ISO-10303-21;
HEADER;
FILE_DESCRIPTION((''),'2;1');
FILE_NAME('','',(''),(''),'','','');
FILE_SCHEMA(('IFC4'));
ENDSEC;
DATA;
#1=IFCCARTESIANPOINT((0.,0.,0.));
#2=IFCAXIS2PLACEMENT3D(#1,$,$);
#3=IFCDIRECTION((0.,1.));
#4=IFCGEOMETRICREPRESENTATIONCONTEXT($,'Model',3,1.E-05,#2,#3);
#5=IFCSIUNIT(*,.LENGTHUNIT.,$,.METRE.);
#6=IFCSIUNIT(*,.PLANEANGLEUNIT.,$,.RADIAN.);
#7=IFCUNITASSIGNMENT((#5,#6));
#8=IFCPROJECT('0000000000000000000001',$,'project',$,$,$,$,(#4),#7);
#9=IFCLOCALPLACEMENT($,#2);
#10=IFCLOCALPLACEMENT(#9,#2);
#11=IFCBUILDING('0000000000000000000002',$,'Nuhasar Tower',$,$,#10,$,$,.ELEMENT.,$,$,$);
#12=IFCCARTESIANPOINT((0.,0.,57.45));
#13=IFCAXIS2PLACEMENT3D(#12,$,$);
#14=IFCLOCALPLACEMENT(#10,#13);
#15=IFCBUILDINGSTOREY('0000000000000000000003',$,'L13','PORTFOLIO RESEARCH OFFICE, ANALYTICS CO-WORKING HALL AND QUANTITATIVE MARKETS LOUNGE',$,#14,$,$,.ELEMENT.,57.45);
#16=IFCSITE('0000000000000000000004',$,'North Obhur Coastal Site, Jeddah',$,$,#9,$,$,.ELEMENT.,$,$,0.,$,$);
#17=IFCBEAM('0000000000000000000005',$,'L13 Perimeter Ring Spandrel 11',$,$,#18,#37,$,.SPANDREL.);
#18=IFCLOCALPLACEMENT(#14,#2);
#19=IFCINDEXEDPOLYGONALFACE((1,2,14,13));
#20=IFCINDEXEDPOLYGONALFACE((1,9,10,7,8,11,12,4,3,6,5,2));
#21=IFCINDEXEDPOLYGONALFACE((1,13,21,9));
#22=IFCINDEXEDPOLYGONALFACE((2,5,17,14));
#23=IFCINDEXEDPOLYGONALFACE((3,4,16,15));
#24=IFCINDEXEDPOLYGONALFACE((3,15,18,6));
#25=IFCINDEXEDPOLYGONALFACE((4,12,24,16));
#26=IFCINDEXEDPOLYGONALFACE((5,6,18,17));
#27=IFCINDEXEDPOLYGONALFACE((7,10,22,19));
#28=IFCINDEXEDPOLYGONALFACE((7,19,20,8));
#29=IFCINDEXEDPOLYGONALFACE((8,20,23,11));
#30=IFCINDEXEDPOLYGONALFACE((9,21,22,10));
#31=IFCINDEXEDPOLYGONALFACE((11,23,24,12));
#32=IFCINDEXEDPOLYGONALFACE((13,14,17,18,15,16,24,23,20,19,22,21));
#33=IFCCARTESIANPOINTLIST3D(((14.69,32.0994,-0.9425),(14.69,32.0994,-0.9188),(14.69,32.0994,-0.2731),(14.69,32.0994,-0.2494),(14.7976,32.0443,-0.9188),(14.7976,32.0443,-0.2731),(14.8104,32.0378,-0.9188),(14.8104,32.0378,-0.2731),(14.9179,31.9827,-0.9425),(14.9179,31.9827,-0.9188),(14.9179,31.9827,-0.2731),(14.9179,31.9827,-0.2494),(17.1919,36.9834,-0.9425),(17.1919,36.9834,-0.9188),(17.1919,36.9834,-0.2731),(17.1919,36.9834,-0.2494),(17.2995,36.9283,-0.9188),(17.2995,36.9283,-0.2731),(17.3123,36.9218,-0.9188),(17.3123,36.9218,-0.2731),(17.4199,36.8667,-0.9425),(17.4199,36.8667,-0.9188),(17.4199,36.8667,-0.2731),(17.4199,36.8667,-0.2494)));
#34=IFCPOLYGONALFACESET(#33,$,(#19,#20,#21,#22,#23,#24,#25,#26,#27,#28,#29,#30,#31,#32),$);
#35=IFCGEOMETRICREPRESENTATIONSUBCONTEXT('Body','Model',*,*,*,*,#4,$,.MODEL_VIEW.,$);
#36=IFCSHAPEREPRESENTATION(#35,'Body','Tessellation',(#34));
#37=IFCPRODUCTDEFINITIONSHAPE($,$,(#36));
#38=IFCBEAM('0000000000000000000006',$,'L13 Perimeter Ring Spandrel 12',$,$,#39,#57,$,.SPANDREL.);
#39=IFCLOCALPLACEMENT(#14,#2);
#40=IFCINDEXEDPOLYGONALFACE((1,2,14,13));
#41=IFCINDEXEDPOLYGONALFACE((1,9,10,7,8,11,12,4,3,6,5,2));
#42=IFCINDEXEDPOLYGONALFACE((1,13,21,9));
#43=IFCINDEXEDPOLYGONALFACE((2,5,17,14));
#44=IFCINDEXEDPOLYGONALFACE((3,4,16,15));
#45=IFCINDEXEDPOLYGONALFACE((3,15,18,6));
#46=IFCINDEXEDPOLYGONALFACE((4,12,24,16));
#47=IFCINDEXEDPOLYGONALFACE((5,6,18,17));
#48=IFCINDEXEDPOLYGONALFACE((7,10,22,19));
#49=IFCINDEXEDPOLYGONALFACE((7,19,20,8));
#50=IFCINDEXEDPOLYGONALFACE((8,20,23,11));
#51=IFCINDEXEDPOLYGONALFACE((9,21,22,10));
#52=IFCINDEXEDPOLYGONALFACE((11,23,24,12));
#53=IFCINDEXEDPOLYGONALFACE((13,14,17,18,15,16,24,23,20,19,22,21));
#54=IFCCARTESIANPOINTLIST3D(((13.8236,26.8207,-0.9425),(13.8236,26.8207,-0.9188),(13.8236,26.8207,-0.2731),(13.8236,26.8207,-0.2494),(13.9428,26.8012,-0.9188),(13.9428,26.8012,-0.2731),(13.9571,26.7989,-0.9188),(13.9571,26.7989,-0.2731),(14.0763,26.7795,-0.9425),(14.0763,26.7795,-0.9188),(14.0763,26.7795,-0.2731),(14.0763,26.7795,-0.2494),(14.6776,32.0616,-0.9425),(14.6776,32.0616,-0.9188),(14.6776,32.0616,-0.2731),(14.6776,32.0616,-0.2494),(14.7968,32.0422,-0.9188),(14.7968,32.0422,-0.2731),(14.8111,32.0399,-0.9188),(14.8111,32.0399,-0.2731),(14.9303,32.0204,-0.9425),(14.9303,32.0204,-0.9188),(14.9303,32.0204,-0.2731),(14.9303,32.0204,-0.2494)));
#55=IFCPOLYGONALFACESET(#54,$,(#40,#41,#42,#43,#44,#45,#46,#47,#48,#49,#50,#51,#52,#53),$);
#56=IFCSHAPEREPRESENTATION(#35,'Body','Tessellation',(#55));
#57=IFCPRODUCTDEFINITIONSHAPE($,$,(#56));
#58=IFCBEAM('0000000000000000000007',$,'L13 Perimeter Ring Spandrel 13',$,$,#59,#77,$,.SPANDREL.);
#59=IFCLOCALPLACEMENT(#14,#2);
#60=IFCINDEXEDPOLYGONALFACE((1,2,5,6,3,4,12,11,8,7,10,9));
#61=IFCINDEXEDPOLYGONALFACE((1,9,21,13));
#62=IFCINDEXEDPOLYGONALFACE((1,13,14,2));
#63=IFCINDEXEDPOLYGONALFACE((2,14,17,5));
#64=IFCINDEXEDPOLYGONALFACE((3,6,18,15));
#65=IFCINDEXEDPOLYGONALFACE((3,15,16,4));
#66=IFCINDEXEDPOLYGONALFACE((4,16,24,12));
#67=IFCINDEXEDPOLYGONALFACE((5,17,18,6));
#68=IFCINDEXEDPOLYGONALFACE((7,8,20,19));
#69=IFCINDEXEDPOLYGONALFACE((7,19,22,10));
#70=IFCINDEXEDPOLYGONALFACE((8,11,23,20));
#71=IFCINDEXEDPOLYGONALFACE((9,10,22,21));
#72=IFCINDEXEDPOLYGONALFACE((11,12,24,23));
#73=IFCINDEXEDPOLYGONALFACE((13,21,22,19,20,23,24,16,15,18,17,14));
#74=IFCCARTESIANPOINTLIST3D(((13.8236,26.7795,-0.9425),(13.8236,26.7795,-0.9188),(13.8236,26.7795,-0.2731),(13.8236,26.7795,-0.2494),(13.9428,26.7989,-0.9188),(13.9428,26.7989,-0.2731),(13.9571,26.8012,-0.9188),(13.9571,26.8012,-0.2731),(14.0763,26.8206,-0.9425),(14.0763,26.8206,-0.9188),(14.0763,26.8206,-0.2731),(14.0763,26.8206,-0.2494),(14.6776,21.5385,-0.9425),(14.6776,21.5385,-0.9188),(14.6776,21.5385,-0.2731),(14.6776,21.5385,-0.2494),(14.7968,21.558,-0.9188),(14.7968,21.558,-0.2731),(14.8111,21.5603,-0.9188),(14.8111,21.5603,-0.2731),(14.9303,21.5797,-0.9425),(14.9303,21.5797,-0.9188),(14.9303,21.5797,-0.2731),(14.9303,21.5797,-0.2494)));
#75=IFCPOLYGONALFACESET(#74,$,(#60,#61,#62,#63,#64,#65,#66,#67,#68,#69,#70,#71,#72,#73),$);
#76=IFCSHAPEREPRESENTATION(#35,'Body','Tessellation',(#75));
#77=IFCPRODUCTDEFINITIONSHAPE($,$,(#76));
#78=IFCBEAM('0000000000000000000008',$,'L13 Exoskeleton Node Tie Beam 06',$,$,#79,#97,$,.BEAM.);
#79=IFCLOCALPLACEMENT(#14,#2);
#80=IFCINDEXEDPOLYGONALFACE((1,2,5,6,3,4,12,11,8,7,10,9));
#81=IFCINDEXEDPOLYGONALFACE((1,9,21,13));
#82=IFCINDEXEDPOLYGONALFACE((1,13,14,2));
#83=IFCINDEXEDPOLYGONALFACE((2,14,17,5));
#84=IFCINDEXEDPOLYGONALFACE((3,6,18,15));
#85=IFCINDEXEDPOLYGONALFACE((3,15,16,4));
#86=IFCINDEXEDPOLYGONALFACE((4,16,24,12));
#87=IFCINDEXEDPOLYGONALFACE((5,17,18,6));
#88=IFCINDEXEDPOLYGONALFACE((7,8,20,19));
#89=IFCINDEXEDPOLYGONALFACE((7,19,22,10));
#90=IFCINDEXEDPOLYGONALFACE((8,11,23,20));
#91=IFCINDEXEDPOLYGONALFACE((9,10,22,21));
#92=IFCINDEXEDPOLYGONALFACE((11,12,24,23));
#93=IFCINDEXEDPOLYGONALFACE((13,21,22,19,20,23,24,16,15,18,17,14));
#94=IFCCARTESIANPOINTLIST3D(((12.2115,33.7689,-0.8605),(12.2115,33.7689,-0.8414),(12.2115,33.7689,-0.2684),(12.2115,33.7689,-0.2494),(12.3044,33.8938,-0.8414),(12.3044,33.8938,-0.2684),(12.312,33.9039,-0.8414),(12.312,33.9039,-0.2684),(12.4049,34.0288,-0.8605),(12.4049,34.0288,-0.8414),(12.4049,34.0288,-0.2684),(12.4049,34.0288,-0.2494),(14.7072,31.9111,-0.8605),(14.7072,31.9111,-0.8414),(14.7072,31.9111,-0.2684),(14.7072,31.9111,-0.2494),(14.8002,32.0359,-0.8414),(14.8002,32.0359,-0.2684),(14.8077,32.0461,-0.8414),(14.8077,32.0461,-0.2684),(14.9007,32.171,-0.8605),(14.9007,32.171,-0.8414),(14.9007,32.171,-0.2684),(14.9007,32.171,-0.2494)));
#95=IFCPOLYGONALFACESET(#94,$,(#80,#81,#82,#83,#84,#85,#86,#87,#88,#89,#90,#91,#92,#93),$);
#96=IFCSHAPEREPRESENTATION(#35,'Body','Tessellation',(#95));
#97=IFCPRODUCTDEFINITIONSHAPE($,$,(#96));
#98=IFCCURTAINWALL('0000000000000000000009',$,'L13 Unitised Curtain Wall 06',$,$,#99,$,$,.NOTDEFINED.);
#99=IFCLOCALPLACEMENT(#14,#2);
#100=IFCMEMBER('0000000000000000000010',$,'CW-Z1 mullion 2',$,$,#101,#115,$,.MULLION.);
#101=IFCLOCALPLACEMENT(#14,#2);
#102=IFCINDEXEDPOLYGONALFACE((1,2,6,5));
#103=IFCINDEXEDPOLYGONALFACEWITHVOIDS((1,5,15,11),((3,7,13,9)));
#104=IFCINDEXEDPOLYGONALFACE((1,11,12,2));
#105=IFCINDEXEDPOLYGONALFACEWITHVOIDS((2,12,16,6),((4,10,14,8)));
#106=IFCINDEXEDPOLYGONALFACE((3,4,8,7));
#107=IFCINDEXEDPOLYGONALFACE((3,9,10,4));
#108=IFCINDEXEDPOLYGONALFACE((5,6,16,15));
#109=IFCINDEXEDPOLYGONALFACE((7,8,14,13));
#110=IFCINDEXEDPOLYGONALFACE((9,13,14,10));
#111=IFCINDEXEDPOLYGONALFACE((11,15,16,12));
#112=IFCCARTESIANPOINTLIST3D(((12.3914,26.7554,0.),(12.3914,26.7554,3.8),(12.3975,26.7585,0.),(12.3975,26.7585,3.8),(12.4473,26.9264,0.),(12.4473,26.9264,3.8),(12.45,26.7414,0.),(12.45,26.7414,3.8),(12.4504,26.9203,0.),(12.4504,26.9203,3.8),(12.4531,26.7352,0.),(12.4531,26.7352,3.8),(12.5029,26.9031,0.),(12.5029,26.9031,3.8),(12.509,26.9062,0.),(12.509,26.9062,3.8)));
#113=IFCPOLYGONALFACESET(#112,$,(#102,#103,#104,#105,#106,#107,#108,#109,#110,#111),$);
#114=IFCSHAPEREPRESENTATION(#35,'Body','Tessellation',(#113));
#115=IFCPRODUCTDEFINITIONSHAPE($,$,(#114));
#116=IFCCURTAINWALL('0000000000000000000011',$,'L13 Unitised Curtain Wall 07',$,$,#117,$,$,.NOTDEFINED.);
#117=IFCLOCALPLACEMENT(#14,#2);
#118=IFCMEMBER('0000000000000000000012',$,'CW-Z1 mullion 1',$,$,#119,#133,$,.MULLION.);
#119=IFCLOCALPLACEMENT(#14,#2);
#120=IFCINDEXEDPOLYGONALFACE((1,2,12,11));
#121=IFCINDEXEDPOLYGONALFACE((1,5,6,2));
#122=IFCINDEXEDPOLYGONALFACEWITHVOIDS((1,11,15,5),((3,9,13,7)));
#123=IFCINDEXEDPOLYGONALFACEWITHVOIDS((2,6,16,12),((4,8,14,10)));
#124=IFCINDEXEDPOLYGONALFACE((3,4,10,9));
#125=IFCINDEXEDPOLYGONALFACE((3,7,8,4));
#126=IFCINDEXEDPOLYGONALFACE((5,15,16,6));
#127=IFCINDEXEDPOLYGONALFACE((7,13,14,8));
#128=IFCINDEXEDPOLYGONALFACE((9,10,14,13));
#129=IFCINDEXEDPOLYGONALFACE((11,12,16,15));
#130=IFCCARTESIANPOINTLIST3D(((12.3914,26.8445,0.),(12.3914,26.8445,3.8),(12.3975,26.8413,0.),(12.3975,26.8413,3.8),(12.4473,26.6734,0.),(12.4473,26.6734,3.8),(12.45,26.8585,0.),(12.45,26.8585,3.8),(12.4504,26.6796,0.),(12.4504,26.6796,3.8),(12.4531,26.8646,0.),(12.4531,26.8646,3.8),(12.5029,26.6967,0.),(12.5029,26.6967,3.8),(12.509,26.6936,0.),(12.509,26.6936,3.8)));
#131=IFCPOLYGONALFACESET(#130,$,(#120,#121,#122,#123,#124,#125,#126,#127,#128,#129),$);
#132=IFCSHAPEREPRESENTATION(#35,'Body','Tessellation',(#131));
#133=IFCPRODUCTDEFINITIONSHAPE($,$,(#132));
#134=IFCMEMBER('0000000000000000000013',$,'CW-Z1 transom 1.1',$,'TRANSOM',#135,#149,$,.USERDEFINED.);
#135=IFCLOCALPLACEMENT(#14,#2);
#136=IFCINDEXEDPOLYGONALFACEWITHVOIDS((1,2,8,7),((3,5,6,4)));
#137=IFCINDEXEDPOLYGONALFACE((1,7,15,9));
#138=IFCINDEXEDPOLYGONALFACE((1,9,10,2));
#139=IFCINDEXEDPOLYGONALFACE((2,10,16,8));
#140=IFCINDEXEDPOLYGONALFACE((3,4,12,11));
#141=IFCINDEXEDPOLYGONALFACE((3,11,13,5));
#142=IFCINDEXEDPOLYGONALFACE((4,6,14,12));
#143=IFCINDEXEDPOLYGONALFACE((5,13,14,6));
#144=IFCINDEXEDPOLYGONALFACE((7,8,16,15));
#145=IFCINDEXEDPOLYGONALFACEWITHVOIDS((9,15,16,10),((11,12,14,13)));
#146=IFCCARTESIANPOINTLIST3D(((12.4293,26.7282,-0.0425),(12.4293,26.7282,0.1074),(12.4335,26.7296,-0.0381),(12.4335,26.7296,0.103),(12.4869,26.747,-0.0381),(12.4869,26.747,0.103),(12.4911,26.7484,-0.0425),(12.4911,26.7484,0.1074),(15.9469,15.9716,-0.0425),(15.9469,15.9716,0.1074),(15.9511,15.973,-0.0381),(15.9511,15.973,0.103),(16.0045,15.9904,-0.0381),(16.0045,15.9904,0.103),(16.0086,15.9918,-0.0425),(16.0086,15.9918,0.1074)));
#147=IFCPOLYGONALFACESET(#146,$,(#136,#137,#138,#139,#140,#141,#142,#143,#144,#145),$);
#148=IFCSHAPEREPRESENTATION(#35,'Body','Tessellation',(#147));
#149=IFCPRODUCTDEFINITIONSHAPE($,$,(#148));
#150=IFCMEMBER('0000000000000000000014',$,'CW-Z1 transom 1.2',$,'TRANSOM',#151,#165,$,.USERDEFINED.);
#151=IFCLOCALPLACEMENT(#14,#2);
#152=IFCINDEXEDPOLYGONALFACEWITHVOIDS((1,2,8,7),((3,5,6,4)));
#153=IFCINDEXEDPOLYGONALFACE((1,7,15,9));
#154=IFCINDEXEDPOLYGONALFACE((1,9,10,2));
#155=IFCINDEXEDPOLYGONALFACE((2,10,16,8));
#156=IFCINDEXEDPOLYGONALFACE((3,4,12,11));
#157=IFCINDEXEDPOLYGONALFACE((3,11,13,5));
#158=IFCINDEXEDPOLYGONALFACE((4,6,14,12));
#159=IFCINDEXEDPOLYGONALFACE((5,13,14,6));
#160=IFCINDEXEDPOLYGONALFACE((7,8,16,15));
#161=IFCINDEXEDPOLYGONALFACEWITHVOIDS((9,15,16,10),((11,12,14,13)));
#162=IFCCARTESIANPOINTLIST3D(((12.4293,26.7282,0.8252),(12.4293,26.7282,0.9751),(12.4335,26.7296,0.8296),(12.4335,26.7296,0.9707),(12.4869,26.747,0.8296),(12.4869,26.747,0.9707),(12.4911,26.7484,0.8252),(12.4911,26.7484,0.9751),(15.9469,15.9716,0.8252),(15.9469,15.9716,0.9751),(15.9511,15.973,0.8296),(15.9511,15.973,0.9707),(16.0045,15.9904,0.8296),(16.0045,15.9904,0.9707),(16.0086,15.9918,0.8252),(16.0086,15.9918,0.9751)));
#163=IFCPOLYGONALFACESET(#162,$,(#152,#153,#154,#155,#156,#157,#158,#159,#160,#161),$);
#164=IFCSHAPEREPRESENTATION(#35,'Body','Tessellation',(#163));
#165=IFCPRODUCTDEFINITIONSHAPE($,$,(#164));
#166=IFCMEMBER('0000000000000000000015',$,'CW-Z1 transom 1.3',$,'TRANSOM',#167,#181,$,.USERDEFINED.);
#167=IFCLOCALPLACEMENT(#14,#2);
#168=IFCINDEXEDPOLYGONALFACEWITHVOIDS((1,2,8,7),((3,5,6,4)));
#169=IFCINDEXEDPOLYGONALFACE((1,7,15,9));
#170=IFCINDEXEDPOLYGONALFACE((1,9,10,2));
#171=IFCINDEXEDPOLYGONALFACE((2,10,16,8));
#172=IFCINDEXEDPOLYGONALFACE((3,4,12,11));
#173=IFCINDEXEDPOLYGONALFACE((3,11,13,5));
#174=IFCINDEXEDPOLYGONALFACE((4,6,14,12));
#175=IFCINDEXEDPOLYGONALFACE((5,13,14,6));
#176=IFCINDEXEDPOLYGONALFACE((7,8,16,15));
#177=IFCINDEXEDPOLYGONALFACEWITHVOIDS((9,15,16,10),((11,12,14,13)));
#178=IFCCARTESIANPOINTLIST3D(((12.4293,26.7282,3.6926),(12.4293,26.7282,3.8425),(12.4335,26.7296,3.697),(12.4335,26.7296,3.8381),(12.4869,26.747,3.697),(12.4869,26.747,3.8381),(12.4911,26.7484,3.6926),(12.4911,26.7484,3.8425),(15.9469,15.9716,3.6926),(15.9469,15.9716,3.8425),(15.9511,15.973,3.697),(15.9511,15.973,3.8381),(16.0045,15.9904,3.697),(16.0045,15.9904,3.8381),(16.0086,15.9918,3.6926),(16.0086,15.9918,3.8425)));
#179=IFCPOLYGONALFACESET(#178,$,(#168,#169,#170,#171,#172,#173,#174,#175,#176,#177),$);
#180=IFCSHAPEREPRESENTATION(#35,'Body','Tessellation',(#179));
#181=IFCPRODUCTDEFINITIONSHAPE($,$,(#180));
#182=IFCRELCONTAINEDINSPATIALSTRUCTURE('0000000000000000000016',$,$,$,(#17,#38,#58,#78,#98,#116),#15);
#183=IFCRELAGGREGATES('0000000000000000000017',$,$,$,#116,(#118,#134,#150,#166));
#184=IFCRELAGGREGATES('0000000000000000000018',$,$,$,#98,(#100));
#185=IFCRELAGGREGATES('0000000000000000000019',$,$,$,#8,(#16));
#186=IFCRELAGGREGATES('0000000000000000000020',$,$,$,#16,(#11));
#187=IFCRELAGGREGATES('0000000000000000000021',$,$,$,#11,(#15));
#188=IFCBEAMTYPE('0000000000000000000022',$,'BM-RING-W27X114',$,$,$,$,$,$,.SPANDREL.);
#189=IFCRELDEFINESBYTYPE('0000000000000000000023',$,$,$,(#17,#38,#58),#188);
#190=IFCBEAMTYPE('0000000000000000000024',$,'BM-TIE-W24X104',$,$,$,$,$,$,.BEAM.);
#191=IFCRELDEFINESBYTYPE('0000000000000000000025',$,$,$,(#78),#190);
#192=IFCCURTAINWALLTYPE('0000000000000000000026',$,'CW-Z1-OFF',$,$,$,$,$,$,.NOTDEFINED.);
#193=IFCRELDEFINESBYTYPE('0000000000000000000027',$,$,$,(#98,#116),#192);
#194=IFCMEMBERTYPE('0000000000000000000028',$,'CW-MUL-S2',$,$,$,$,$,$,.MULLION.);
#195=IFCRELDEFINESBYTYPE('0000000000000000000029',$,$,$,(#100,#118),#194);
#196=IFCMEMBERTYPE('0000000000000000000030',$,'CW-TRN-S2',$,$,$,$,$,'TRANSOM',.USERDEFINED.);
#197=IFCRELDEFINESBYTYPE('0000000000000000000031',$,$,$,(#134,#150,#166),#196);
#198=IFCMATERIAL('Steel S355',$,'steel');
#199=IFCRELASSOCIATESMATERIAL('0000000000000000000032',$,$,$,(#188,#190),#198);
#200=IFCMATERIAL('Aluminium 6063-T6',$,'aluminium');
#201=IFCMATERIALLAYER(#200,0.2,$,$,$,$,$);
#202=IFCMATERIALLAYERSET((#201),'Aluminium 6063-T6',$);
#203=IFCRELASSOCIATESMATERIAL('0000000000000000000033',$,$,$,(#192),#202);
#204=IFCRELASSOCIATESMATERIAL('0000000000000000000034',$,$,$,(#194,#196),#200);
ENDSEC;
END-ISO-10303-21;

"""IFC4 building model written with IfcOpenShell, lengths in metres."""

from ifc_helpers import new_model, si_unit, direction, frame, origin, origin_2d, place, context, subcontext, project, spatial, hollow_rectangle, i_section, extrude, material, layer, layer_set, material_profile, profile_set, type_object, element, aggregate, save


model = new_model("IFC4")

# Units and contexts
model_context = context("Model", 3, precision=1e-05, world=origin(), true_north=direction((0.0, 1.0)))
body_context = subcontext(model_context, "Body", "Model", "MODEL_VIEW")
ifc_project = project(units=[si_unit("LENGTHUNIT", "METRE"), si_unit("PLANEANGLEUNIT", "RADIAN")], contexts=[model_context])

# Site, building, storey
site_placement = place(None, origin())
site = spatial("IfcSite", under=ifc_project, at=site_placement, Name="North Obhur Coastal Site, Jeddah", CompositionType="ELEMENT", RefElevation=0.0)
building_placement = place(site_placement, origin())
building = spatial("IfcBuilding", under=site, at=building_placement, Name="Nuhasar Tower", CompositionType="ELEMENT")
storey_placement = place(building_placement, frame((0.0, 0.0, 57.45)))
storey = spatial("IfcBuildingStorey", under=building, at=storey_placement, Name="L13", Description="PORTFOLIO RESEARCH OFFICE, ANALYTICS CO-WORKING HALL AND QUANTITATIVE MARKETS LOUNGE", CompositionType="ELEMENT", Elevation=57.45)

# Beams
ifc_material_1 = material(Name="Steel S355", Category="steel")
ifc_material_profile_1 = material_profile(ifc_material_1, i_section(OverallWidth=0.2561, OverallDepth=0.6931, WebThickness=0.0144, FlangeThickness=0.0237, at=origin_2d()), Name="W27X114")
ifc_profile_set_1 = profile_set([ifc_material_profile_1], Name="Steel S355")
beam_type_1 = type_object("IfcBeamType", Name="BM-RING-W27X114", PredefinedType="SPANDREL", material=ifc_profile_set_1)
beam_1_placement = place(storey_placement, frame((17.3059, 36.925, -0.5959), z_axis=(-0.45593, -0.890016, 0.0), x_axis=(0.890016, -0.45593, 0.0)))
element("IfcBeam", 1, at=beam_1_placement, inside=storey, type_object=beam_type_1, Name="L13 Perimeter Ring Spandrel 11", PredefinedType="SPANDREL", context=body_context, shape_type="SweptSolid", body=[
    extrude(i_section(OverallWidth=0.2561, OverallDepth=0.6931, WebThickness=0.0144, FlangeThickness=0.0237, at=origin_2d()), origin(), (0.0, 0.0, 1.0), 5.4875),
])
for number, where, z_axis, x_axis, name in (
    (2, (14.804, 32.041, -0.5959), (-0.160827, -0.986983, 0.0), (0.986983, -0.160827, 0.0), "L13 Perimeter Ring Spandrel 12"),
    (3, (13.95, 26.8, -0.5959), (0.160827, -0.986983, 0.0), (0.986983, 0.160827, 0.0), "L13 Perimeter Ring Spandrel 13"),
):
    element("IfcBeam", number, at=place(storey_placement, frame(where, z_axis=z_axis, x_axis=x_axis)), inside=storey, type_object=beam_type_1, Name=name, PredefinedType="SPANDREL", context=body_context, shape_type="SweptSolid", body=[
        extrude(i_section(OverallWidth=0.2561, OverallDepth=0.6931, WebThickness=0.0144, FlangeThickness=0.0237, at=origin_2d()), origin(), (0.0, 0.0, 1.0), 5.3101),
    ])
ifc_material_profile_2 = material_profile(ifc_material_1, i_section(OverallWidth=0.324, OverallDepth=0.6111, WebThickness=0.0127, FlangeThickness=0.019, at=origin_2d()), Name="W24X104")
ifc_profile_set_2 = profile_set([ifc_material_profile_2], Name="Steel S355")
beam_type_2 = type_object("IfcBeamType", Name="BM-TIE-W24X104", PredefinedType="BEAM", material=ifc_profile_set_2)
beam_2_placement = place(storey_placement, frame((14.804, 32.041, -0.5549), z_axis=(-0.802151, 0.597121, 0.0), x_axis=(-0.597121, -0.802151, 0.0)))
element("IfcBeam", 4, at=beam_2_placement, inside=storey, type_object=beam_type_2, Name="L13 Exoskeleton Node Tie Beam 06", PredefinedType="BEAM", context=body_context, shape_type="SweptSolid", body=[
    extrude(i_section(OverallWidth=0.324, OverallDepth=0.6111, WebThickness=0.0127, FlangeThickness=0.019, at=origin_2d()), origin(), (0.0, 0.0, 1.0), 3.1113),
])

# Curtain wall, member
ifc_material_2 = material(Name="Aluminium 6063-T6", Category="aluminium")
ifc_layer_1 = layer(ifc_material_2, 0.2)
ifc_layer_set_1 = layer_set([ifc_layer_1], Name="Aluminium 6063-T6")
curtain_wall_type = type_object("IfcCurtainWallType", Name="CW-Z1-OFF", PredefinedType="NOTDEFINED", material=ifc_layer_set_1)
curtain_wall_1_placement = place(storey_placement, origin())
curtain_wall_1 = element("IfcCurtainWall", 5, at=curtain_wall_1_placement, inside=storey, type_object=curtain_wall_type, Name="L13 Unitised Curtain Wall 06", PredefinedType="NOTDEFINED")
ifc_material_profile_3 = material_profile(ifc_material_2, hollow_rectangle(XDim=0.0649, YDim=0.1799, WallThickness=0.0049, at=origin_2d()), Name="CWM-2")
ifc_profile_set_3 = profile_set([ifc_material_profile_3], Name="Aluminium 6063-T6")
member_type_1 = type_object("IfcMemberType", Name="CW-MUL-S2", PredefinedType="MULLION", material=ifc_profile_set_3)
member_1_placement = place(storey_placement, frame((12.4502, 26.8308, 0.0), z_axis=(0.0, 0.0, 1.0), x_axis=(0.950468, -0.310824, 0.0)))
member_1 = element("IfcMember", 6, at=member_1_placement, type_object=member_type_1, Name="CW-Z1 mullion 2", PredefinedType="MULLION", context=body_context, shape_type="SweptSolid", body=[
    extrude(hollow_rectangle(XDim=0.0649, YDim=0.1799, WallThickness=0.0049, at=origin_2d()), origin(), (0.0, 0.0, 1.0), 3.8),
])

# Curtain wall, members
curtain_wall_2_placement = place(storey_placement, origin())
curtain_wall_2 = element("IfcCurtainWall", 7, at=curtain_wall_2_placement, inside=storey, type_object=curtain_wall_type, Name="L13 Unitised Curtain Wall 07", PredefinedType="NOTDEFINED")
member_2_placement = place(storey_placement, frame((12.4502, 26.769, 0.0), z_axis=(0.0, 0.0, 1.0), x_axis=(0.950468, 0.310824, 0.0)))
member_2 = element("IfcMember", 8, at=member_2_placement, type_object=member_type_1, Name="CW-Z1 mullion 1", PredefinedType="MULLION", context=body_context, shape_type="SweptSolid", body=[
    extrude(hollow_rectangle(XDim=0.0649, YDim=0.1799, WallThickness=0.0049, at=origin_2d()), origin(), (0.0, 0.0, 1.0), 3.8),
])
ifc_material_profile_4 = material_profile(ifc_material_2, hollow_rectangle(XDim=0.0649, YDim=0.1499, WallThickness=0.0044, at=origin_2d()), Name="CWT-2")
ifc_profile_set_4 = profile_set([ifc_material_profile_4], Name="Aluminium 6063-T6")
member_type_2 = type_object("IfcMemberType", Name="CW-TRN-S2", ElementType="TRANSOM", PredefinedType="USERDEFINED", material=ifc_profile_set_4)
member_3_placement = place(storey_placement, frame((12.4602, 26.7383, 0.0325), z_axis=(0.310819, -0.950469, 0.0), x_axis=(0.950469, 0.310819, 0.0)))
member_3 = element("IfcMember", 9, at=member_3_placement, type_object=member_type_2, Name="CW-Z1 transom 1.1", ObjectType="TRANSOM", PredefinedType="USERDEFINED", context=body_context, shape_type="SweptSolid", body=[
    extrude(hollow_rectangle(XDim=0.0649, YDim=0.1499, WallThickness=0.0044, at=origin_2d()), origin(), (0.0, 0.0, 1.0), 11.3171),
])
member_4_placement = place(storey_placement, frame((12.4602, 26.7383, 0.9001), z_axis=(0.310819, -0.950469, 0.0), x_axis=(0.950469, 0.310819, 0.0)))
member_4 = element("IfcMember", 10, at=member_4_placement, type_object=member_type_2, Name="CW-Z1 transom 1.2", ObjectType="TRANSOM", PredefinedType="USERDEFINED", context=body_context, shape_type="SweptSolid", body=[
    extrude(hollow_rectangle(XDim=0.0649, YDim=0.1499, WallThickness=0.0044, at=origin_2d()), origin(), (0.0, 0.0, 1.0), 11.3171),
])
member_5_placement = place(storey_placement, frame((12.4602, 26.7383, 3.7676), z_axis=(0.310819, -0.950469, 0.0), x_axis=(0.950469, 0.310819, 0.0)))
member_5 = element("IfcMember", 11, at=member_5_placement, type_object=member_type_2, Name="CW-Z1 transom 1.3", ObjectType="TRANSOM", PredefinedType="USERDEFINED", context=body_context, shape_type="SweptSolid", body=[
    extrude(hollow_rectangle(XDim=0.0649, YDim=0.1499, WallThickness=0.0044, at=origin_2d()), origin(), (0.0, 0.0, 1.0), 11.3171),
])
aggregate(curtain_wall_2, [member_2, member_3, member_4, member_5])

aggregate(curtain_wall_1, [member_1])

save(model, "model.ifc")
